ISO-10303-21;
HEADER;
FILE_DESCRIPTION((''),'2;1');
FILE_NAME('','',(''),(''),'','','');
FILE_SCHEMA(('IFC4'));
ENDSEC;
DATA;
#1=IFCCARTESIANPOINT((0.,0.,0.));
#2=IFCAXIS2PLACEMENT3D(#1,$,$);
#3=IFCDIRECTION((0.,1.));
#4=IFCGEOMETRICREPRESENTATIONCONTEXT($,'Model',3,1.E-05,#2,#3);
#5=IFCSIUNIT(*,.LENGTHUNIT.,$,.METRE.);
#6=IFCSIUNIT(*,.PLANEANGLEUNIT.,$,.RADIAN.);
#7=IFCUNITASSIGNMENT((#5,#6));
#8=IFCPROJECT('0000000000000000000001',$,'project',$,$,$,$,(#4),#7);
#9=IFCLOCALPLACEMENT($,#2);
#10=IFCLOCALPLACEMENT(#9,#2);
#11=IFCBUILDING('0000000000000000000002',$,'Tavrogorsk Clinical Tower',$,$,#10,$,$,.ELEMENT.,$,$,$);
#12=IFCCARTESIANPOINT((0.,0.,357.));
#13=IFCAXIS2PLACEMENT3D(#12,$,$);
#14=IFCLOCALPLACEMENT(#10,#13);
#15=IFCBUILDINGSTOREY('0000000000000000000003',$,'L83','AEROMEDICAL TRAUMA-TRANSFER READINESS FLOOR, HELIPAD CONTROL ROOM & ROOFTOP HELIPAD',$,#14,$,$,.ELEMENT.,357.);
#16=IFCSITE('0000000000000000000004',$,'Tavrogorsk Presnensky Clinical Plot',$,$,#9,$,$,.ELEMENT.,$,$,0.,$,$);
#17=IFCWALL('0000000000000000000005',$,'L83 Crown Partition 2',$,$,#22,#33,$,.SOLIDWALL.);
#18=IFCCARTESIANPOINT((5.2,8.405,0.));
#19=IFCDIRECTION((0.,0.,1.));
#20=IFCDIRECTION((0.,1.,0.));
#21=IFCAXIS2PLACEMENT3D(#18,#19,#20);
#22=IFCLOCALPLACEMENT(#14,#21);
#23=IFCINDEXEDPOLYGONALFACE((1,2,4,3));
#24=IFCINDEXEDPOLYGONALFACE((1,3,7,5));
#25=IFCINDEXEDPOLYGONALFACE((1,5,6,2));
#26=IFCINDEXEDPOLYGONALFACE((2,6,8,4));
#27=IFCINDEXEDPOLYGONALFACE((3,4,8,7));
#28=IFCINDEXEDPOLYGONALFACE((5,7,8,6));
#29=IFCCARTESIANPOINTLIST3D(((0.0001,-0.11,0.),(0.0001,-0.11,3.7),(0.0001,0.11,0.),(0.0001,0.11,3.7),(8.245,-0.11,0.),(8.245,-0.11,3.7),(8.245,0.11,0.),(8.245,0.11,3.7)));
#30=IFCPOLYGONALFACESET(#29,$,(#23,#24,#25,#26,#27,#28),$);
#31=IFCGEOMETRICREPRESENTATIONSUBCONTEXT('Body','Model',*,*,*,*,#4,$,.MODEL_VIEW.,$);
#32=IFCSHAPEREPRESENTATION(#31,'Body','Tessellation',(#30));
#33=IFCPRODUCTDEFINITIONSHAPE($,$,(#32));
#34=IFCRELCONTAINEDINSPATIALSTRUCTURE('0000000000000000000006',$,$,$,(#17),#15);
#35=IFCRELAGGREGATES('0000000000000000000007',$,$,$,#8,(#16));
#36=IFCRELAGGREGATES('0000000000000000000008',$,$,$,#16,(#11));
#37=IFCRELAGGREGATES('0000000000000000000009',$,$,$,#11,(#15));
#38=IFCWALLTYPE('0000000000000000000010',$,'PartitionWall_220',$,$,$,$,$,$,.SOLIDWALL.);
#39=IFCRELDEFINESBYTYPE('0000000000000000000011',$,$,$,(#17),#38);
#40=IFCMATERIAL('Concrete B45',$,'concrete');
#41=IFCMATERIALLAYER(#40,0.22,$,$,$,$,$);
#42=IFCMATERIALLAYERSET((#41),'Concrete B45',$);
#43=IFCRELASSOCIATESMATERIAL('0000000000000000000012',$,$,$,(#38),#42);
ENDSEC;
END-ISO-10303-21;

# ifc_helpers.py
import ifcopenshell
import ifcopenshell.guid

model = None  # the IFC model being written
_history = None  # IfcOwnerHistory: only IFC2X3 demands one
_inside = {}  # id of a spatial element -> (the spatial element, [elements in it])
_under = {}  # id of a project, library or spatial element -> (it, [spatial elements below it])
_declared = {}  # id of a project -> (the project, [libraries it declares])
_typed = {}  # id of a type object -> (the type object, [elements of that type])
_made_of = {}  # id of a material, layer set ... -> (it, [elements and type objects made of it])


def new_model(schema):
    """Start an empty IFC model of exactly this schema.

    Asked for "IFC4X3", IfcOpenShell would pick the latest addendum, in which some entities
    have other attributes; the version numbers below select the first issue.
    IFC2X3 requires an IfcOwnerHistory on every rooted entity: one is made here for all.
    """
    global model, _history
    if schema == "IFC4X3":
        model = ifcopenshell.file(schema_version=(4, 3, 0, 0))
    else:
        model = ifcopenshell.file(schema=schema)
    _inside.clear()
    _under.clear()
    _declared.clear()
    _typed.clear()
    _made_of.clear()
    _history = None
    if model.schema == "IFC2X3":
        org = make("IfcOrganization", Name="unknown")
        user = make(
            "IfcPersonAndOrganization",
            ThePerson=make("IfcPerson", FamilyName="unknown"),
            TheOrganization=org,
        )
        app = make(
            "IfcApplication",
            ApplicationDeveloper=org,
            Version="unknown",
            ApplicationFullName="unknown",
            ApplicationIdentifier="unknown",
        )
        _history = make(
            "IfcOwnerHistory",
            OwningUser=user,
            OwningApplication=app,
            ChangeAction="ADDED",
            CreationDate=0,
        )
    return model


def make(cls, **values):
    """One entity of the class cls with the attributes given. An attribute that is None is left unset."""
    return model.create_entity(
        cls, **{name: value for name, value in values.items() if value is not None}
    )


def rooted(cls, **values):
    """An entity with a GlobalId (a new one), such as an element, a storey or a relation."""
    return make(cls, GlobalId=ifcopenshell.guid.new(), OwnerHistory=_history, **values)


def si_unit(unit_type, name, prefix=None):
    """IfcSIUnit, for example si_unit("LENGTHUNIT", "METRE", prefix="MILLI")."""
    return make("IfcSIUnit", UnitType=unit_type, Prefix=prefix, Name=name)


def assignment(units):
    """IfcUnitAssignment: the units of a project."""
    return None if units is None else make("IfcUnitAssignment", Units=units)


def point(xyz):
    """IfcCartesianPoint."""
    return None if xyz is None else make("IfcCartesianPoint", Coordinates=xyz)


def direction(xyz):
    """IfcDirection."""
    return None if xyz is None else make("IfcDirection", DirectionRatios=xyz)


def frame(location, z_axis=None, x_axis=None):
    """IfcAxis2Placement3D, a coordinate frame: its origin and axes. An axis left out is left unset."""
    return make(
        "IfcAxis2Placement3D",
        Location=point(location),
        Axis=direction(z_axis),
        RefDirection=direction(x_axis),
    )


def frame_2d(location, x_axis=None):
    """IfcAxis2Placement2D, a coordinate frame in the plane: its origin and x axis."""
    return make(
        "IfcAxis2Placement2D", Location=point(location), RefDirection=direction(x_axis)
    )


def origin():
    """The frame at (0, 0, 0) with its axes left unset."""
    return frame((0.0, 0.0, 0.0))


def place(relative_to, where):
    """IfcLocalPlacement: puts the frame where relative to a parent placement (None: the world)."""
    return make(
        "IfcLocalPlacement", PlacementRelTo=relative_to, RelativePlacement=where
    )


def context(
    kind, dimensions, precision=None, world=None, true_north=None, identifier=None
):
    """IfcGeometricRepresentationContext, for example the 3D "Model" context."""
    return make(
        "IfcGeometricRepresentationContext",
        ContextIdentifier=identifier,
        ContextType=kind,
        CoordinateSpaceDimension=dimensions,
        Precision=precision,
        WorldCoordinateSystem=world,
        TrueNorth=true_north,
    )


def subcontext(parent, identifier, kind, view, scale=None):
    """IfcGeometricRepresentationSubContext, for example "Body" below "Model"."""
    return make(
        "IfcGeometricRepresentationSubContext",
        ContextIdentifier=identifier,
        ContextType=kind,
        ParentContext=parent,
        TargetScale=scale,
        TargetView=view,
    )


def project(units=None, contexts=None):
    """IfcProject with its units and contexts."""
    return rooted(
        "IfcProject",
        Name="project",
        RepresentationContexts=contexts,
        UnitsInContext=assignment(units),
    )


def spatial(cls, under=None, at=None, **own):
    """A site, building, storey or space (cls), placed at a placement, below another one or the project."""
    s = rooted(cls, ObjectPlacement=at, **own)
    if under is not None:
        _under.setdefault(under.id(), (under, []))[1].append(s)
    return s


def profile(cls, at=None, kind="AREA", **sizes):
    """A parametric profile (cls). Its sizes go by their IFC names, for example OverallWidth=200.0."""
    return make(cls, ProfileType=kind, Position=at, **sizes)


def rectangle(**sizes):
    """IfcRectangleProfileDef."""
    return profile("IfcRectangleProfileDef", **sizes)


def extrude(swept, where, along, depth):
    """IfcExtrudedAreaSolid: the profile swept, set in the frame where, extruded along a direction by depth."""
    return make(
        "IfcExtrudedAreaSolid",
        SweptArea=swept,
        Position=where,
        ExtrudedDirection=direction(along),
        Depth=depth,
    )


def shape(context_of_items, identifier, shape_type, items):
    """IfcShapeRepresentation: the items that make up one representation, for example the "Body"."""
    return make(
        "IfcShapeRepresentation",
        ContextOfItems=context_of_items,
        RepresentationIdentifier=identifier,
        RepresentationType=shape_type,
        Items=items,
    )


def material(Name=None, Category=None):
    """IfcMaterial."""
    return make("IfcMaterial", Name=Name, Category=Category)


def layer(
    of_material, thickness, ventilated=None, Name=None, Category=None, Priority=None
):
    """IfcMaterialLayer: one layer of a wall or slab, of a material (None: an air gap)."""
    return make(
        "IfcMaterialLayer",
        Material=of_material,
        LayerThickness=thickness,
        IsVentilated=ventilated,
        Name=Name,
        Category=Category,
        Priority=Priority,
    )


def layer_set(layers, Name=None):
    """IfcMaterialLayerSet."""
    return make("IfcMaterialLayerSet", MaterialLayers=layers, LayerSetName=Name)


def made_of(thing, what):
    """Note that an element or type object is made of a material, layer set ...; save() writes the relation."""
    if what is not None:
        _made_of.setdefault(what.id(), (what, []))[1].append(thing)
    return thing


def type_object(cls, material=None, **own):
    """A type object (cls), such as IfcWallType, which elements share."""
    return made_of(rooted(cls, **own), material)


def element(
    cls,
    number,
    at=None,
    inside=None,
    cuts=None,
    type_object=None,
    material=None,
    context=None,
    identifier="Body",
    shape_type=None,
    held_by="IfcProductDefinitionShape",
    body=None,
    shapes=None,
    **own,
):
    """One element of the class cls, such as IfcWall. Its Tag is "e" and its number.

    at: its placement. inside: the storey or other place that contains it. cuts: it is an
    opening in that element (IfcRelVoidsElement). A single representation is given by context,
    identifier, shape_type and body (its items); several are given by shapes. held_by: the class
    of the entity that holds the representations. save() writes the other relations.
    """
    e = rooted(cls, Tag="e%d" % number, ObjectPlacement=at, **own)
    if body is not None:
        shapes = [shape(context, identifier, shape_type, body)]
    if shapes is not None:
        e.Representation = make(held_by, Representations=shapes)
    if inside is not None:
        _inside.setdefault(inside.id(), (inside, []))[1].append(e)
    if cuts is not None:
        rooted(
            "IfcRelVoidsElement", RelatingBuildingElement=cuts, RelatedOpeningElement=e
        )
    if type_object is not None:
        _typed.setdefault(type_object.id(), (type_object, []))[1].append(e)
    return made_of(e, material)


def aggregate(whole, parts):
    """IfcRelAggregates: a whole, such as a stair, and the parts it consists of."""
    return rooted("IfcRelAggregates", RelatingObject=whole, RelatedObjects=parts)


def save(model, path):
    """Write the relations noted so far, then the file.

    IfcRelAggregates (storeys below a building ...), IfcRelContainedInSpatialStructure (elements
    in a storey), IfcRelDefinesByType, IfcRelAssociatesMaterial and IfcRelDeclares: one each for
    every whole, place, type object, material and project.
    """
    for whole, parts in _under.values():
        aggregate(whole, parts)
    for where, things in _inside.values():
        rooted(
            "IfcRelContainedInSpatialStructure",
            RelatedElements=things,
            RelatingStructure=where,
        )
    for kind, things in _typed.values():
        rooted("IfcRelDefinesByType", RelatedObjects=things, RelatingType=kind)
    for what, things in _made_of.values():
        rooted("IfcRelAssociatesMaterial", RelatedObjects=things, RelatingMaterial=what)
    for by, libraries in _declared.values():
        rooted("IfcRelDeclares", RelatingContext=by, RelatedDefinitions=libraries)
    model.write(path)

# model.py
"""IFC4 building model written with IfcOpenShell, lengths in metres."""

from ifc_helpers import new_model, si_unit, direction, frame, frame_2d, origin, place, context, subcontext, project, spatial, rectangle, extrude, material, layer, layer_set, type_object, element, save


model = new_model("IFC4")

# Units and contexts
model_context = context("Model", 3, precision=1e-05, world=origin(), true_north=direction((0.0, 1.0)))
body_context = subcontext(model_context, "Body", "Model", "MODEL_VIEW")
ifc_project = project(units=[si_unit("LENGTHUNIT", "METRE"), si_unit("PLANEANGLEUNIT", "RADIAN")], contexts=[model_context])

# Site, building, storey
site_placement = place(None, origin())
site = spatial("IfcSite", under=ifc_project, at=site_placement, Name="Tavrogorsk Presnensky Clinical Plot", CompositionType="ELEMENT", RefElevation=0.0)
building_placement = place(site_placement, origin())
building = spatial("IfcBuilding", under=site, at=building_placement, Name="Tavrogorsk Clinical Tower", CompositionType="ELEMENT")
storey_placement = place(building_placement, frame((0.0, 0.0, 357.0)))
storey = spatial("IfcBuildingStorey", under=building, at=storey_placement, Name="L83", Description="AEROMEDICAL TRAUMA-TRANSFER READINESS FLOOR, HELIPAD CONTROL ROOM & ROOFTOP HELIPAD", CompositionType="ELEMENT", Elevation=357.0)

# Wall
ifc_material_1 = material(Name="Concrete B45", Category="concrete")
ifc_layer_1 = layer(ifc_material_1, 0.22)
ifc_layer_set_1 = layer_set([ifc_layer_1], Name="Concrete B45")
wall_type_1 = type_object("IfcWallType", Name="PartitionWall_220", PredefinedType="SOLIDWALL", material=ifc_layer_set_1)
wall_1_placement = place(storey_placement, frame((5.2, 8.405, 0.0), z_axis=(0.0, 0.0, 1.0), x_axis=(0.0, 1.0, 0.0)))
element("IfcWall", 1, at=wall_1_placement, inside=storey, type_object=wall_type_1, Name="L83 Crown Partition 2", PredefinedType="SOLIDWALL", context=body_context, shape_type="SweptSolid", body=[
    extrude(rectangle(XDim=8.2449, YDim=0.22, at=frame_2d((4.1226, 0.0))), origin(), (0.0, 0.0, 1.0), 3.7),
])

save(model, "model.ifc")
